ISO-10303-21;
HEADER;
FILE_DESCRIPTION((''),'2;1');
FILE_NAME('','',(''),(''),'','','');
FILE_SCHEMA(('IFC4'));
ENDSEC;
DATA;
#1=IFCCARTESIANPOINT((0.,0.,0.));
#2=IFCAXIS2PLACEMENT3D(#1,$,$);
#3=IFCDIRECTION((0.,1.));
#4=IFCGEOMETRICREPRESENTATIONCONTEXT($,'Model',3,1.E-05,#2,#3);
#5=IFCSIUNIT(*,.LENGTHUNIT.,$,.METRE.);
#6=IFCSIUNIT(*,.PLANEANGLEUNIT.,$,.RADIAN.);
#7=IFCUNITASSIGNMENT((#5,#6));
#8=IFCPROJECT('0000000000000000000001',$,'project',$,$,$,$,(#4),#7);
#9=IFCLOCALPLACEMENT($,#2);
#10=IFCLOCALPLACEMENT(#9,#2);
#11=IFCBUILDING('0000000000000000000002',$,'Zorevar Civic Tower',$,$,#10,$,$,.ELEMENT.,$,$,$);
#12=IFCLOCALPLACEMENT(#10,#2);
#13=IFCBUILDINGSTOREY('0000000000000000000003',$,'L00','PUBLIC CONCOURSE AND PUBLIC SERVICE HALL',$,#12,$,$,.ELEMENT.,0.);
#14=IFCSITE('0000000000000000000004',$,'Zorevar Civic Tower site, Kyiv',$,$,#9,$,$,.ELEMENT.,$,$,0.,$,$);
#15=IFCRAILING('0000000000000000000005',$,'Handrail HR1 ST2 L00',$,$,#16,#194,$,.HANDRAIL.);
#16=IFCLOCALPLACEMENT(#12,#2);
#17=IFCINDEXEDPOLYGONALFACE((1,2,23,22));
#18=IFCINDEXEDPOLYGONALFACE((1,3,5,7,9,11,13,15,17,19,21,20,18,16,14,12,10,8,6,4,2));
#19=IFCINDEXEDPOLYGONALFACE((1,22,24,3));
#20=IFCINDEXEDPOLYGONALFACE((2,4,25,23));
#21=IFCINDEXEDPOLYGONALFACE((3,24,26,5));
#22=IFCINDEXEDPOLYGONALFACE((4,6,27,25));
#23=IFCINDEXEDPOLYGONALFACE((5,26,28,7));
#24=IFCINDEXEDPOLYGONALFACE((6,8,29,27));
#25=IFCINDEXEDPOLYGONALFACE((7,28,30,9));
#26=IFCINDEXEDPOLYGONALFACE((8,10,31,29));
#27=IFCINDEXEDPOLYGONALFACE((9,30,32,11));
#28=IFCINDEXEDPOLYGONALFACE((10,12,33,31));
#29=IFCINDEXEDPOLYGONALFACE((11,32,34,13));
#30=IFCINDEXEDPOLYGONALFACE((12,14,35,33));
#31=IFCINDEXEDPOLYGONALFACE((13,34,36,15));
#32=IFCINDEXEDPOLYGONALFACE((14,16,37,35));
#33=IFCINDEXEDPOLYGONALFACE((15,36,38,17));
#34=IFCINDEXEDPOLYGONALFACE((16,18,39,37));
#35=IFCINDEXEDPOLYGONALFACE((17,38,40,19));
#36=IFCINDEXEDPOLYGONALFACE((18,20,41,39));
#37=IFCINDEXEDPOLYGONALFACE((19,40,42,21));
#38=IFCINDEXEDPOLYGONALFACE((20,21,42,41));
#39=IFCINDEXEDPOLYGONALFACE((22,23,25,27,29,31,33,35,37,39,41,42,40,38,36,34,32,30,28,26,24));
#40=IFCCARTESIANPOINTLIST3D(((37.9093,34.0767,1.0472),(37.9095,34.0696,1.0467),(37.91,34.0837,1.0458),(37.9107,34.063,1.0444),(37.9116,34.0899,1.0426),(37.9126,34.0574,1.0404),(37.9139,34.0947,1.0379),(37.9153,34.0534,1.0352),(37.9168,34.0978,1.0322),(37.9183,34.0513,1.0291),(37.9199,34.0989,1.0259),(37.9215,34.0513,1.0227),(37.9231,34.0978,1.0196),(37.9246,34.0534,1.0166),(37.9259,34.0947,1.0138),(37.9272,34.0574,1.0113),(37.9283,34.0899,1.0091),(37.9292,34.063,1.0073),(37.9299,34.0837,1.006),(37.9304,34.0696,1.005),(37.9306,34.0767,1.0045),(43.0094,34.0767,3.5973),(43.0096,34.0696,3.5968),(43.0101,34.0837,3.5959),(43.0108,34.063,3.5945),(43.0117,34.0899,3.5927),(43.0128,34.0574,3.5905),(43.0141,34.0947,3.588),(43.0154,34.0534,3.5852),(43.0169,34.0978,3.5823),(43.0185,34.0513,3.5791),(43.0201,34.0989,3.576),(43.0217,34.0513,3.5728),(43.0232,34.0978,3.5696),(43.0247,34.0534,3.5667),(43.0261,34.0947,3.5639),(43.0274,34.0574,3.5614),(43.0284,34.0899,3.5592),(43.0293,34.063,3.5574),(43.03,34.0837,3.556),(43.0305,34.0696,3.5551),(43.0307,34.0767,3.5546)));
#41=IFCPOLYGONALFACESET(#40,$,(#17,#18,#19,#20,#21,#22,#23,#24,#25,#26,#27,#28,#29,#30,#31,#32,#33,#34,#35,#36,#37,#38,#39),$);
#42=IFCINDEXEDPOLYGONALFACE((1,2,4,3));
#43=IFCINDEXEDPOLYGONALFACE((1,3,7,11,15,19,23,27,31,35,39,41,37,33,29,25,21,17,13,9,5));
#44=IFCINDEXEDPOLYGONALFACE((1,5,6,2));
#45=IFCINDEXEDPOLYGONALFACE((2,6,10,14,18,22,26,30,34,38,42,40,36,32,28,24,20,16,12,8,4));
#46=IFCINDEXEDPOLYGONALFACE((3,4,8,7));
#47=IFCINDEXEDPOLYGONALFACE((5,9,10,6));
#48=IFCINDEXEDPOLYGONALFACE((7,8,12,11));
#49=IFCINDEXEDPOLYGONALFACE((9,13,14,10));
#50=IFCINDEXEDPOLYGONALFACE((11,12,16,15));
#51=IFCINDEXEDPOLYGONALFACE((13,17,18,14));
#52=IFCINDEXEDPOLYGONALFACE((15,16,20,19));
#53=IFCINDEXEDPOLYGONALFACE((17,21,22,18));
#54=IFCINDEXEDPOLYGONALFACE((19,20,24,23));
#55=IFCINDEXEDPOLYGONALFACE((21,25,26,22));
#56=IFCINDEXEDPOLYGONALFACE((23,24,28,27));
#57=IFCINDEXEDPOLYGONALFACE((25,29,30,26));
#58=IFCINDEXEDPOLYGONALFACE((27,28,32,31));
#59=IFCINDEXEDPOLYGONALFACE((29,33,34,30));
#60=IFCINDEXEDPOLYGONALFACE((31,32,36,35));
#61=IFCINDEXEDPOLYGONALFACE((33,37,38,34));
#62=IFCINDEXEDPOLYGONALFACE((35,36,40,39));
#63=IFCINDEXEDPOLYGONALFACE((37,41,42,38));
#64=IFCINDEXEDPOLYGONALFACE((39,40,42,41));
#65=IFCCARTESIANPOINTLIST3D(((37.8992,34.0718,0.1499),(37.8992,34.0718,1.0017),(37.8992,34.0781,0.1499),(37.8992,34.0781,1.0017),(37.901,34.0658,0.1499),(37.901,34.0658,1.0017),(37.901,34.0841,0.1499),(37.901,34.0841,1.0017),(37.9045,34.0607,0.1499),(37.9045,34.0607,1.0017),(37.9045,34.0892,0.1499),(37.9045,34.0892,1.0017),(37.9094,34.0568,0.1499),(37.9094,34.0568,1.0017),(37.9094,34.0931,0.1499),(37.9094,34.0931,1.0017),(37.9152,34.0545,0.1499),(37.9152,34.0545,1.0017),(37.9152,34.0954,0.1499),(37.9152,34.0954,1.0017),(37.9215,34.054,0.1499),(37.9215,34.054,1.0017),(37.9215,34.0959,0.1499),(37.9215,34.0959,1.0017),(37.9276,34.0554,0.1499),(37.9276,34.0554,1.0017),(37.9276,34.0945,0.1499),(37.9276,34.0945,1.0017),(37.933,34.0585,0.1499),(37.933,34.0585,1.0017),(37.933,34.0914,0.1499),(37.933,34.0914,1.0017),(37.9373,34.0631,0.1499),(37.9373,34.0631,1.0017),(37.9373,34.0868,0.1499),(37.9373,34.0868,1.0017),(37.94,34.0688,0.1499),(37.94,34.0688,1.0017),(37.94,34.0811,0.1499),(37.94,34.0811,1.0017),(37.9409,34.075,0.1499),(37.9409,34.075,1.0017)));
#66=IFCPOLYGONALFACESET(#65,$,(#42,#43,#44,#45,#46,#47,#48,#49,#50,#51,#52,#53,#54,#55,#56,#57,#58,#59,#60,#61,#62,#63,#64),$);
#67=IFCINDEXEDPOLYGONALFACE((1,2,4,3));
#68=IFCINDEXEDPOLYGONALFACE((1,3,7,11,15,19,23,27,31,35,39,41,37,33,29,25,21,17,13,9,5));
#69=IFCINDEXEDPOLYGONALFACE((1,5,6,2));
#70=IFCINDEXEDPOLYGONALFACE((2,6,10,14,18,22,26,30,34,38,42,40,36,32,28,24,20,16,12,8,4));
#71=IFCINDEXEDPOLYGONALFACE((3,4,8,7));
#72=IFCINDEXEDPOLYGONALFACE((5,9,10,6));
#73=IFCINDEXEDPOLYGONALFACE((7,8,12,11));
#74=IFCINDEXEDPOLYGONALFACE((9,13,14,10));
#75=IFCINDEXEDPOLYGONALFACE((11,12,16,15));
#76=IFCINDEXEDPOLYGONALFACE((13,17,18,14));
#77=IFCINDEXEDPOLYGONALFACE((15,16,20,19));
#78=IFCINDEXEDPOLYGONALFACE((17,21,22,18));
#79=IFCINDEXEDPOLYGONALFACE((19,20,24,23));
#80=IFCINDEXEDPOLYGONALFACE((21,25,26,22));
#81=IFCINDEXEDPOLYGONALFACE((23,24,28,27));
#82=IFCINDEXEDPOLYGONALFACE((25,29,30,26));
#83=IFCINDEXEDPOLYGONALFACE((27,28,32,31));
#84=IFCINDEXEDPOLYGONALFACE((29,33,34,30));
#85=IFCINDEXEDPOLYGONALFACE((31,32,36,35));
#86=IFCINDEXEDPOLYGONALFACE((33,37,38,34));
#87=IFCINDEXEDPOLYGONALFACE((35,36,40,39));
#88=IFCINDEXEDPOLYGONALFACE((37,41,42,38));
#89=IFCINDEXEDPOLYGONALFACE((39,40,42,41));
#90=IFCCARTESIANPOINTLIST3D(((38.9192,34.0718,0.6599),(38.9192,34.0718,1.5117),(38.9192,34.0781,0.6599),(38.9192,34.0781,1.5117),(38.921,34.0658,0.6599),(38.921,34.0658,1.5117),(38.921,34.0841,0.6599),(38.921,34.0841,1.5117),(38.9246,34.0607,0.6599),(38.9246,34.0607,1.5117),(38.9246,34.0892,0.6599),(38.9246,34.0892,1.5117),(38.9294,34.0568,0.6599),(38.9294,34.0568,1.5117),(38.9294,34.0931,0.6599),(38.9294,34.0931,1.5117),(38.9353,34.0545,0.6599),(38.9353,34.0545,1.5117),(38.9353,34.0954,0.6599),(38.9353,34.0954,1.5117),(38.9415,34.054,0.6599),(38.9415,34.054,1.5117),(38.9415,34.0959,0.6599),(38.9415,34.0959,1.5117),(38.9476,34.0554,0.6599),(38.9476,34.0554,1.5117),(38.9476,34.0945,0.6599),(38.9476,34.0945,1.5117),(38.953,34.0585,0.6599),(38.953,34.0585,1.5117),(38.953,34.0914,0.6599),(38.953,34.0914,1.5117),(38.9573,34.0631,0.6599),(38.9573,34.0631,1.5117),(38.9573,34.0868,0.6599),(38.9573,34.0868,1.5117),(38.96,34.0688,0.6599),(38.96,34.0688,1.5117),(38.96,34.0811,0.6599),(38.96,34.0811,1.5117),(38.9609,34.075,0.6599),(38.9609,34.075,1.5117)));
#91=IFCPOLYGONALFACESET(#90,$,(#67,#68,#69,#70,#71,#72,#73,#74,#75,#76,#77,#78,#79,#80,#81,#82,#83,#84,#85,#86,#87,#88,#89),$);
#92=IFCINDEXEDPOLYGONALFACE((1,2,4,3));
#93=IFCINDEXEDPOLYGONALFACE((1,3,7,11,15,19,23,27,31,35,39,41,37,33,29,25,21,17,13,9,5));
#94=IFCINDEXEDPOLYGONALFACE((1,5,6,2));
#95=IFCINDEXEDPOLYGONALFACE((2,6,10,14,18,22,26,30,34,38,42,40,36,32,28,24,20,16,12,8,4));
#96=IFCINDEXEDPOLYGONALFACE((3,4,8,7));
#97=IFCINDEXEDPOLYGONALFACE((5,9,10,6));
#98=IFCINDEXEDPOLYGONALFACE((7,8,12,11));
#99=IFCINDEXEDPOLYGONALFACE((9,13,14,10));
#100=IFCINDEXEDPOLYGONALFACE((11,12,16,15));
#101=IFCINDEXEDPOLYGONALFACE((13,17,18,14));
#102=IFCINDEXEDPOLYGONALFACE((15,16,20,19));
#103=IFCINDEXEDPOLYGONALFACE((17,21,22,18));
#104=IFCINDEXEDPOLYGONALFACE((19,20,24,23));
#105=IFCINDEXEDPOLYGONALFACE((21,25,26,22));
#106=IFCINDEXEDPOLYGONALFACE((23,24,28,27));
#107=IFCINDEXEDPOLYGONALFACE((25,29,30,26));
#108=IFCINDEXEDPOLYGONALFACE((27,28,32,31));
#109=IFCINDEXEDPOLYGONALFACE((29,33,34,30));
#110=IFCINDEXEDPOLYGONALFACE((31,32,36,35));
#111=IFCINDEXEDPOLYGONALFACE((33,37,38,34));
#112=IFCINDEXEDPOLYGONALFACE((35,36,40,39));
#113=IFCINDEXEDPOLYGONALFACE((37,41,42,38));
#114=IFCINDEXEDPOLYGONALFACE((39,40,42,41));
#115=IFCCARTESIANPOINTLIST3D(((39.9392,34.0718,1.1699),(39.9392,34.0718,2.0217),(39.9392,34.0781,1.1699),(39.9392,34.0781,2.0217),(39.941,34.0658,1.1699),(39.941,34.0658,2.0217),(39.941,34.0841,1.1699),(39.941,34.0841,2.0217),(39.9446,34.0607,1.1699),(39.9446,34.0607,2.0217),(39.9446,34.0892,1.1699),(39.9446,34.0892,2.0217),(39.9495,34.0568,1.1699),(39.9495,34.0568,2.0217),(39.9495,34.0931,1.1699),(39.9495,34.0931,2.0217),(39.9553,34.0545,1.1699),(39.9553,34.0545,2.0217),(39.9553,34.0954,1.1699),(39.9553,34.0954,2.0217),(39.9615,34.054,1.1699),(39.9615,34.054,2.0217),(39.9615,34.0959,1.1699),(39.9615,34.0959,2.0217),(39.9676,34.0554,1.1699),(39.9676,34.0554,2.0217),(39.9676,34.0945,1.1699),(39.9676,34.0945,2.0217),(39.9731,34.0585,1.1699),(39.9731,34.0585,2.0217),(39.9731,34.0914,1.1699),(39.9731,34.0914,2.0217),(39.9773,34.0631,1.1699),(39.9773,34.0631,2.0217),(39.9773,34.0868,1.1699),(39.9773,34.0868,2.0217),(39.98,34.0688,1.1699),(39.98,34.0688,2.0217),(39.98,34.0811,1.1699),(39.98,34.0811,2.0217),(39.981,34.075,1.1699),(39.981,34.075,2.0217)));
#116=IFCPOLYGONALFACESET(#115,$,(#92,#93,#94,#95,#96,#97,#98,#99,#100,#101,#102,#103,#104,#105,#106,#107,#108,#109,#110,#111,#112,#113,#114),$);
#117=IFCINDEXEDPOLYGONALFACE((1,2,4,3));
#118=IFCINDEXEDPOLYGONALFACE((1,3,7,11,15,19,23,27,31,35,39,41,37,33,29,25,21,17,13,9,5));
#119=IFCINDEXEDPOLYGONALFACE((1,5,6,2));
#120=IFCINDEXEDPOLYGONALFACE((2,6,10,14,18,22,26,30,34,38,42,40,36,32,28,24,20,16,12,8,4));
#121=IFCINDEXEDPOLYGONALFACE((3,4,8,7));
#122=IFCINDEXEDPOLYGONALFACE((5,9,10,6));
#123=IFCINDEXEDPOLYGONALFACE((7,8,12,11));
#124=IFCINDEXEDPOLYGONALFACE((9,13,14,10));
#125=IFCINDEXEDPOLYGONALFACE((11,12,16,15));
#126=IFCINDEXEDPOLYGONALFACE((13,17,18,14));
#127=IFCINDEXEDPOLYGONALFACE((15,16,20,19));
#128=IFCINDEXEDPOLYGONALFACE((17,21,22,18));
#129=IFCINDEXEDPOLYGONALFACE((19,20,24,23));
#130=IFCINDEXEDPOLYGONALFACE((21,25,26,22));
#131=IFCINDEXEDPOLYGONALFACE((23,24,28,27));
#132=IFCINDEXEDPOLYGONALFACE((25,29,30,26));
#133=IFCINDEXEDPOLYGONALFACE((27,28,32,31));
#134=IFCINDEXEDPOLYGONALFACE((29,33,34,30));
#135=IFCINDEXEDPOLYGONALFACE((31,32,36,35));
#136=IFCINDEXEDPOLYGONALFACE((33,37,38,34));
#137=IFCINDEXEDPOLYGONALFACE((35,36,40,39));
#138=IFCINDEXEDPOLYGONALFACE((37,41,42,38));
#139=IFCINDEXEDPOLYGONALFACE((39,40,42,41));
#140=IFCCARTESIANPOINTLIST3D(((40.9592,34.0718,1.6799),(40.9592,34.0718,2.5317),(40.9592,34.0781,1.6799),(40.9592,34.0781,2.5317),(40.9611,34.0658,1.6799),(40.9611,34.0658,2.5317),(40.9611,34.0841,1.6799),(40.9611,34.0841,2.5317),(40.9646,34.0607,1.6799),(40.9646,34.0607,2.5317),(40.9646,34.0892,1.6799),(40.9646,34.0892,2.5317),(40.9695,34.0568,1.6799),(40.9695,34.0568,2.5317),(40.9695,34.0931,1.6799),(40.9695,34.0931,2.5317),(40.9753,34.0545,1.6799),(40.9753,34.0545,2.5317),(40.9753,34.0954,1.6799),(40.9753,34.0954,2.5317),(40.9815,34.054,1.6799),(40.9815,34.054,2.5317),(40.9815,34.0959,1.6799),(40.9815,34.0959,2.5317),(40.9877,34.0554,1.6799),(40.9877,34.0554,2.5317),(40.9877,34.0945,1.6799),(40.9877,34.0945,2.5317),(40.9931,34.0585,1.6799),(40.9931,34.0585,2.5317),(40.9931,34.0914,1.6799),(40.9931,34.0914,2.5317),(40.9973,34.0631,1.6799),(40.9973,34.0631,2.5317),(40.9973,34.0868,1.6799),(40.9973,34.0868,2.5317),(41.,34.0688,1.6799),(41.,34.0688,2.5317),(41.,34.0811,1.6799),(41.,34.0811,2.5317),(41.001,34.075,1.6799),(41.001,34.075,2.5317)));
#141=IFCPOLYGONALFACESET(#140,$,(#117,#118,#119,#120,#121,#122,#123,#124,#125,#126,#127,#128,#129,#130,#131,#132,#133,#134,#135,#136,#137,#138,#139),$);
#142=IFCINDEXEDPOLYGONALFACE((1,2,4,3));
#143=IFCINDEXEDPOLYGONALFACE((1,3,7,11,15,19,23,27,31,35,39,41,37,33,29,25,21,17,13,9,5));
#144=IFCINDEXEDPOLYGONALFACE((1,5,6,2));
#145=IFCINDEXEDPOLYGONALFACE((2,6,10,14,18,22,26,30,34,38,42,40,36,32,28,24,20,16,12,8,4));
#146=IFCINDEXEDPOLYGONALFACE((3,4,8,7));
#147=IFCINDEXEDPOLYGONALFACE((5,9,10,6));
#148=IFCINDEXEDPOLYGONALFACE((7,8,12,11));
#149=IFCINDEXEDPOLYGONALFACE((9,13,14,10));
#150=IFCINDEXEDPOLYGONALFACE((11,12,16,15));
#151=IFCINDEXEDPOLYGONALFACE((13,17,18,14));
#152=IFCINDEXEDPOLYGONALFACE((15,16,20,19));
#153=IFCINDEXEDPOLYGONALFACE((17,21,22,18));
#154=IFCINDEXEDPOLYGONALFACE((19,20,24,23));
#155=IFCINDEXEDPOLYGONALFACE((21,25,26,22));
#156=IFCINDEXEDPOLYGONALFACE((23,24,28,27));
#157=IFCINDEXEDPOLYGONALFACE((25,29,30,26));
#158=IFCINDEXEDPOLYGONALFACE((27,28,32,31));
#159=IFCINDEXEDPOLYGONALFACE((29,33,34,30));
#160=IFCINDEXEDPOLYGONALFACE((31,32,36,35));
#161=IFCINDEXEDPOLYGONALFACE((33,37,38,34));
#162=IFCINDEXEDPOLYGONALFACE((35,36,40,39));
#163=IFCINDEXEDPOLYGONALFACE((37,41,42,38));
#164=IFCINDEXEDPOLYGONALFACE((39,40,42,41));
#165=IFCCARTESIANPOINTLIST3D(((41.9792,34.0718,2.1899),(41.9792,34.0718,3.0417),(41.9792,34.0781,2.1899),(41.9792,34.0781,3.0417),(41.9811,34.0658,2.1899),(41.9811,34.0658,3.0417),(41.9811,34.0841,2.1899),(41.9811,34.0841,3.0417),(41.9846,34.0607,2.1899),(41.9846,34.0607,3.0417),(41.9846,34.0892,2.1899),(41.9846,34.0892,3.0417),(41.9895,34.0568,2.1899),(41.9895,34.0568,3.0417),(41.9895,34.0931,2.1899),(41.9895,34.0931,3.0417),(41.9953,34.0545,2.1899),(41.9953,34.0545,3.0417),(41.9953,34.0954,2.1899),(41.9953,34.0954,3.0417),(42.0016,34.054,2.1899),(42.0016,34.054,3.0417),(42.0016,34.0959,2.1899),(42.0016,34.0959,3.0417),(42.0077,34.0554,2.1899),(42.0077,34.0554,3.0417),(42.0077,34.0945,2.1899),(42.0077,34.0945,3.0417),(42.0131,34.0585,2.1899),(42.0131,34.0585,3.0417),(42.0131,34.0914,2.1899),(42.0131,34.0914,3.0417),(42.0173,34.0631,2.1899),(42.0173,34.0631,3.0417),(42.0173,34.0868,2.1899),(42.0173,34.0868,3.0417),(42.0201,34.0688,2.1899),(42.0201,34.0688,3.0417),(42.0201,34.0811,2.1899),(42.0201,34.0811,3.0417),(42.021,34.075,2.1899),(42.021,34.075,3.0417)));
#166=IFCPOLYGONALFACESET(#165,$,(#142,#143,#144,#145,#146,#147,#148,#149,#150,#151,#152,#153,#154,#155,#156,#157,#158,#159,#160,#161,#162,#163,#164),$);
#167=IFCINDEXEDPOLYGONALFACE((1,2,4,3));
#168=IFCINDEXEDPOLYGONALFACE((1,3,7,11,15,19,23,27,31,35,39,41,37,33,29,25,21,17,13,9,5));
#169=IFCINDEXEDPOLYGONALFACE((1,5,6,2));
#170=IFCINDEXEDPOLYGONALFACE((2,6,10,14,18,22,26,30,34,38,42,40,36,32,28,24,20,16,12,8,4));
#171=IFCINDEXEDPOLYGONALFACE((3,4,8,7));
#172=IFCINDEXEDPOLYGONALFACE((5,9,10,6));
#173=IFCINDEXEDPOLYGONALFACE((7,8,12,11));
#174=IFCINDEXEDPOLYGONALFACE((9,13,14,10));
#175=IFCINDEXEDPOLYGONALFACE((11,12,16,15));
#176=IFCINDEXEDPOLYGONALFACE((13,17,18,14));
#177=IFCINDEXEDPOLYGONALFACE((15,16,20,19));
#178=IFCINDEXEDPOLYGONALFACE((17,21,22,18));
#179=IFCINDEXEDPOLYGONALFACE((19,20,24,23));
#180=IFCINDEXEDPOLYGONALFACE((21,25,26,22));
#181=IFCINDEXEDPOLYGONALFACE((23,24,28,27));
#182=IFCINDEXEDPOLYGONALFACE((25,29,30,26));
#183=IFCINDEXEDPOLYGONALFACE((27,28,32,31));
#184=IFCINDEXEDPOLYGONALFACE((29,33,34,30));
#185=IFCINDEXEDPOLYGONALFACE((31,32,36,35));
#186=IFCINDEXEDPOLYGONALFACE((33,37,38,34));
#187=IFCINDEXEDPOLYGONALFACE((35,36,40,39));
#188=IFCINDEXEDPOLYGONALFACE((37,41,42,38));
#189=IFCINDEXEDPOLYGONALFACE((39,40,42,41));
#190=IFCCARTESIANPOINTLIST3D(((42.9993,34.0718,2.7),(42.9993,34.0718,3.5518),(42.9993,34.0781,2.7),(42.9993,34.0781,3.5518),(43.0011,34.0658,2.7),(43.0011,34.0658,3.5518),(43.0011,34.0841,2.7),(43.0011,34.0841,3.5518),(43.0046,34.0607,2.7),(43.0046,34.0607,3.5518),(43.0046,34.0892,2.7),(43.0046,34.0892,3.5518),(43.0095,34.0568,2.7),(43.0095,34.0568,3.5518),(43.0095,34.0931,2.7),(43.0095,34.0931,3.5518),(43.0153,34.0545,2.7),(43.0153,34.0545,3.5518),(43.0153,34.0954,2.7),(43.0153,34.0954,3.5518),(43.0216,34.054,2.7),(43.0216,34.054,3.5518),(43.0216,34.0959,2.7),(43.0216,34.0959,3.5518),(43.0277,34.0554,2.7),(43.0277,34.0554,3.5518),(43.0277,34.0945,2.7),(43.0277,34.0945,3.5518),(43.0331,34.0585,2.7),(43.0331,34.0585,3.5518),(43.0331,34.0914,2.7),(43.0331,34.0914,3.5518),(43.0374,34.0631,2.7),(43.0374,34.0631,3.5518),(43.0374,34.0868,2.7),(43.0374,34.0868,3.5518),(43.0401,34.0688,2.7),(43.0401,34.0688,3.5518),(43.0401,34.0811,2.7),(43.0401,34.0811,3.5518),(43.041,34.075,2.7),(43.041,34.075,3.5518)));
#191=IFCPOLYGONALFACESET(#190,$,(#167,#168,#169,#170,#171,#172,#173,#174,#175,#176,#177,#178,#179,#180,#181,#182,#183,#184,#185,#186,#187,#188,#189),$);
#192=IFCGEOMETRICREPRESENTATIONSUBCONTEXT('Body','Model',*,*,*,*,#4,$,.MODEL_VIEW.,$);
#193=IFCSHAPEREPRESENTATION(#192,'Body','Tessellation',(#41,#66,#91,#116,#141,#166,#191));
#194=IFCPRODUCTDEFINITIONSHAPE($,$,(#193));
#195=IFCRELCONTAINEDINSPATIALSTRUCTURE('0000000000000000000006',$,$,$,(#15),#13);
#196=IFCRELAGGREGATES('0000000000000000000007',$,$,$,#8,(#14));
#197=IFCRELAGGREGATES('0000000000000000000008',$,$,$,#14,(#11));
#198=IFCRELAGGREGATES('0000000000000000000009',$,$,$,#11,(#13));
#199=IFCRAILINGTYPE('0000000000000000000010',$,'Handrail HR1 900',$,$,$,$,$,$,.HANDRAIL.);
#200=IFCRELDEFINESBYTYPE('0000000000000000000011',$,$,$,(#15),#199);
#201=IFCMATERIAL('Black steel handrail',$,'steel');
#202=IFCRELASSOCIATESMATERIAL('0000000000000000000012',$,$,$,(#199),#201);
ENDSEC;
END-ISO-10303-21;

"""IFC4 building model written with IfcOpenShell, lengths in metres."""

from ifc_helpers import new_model, si_unit, direction, frame, origin, origin_2d, place, context, subcontext, project, spatial, circle, extrude, material, type_object, element, save


model = new_model("IFC4")

# Units and contexts
model_context = context("Model", 3, precision=1e-05, world=origin(), true_north=direction((0.0, 1.0)))
body_context = subcontext(model_context, "Body", "Model", "MODEL_VIEW")
ifc_project = project(units=[si_unit("LENGTHUNIT", "METRE"), si_unit("PLANEANGLEUNIT", "RADIAN")], contexts=[model_context])

# Site, building, storey
site_placement = place(None, origin())
site = spatial("IfcSite", under=ifc_project, at=site_placement, Name="Zorevar Civic Tower site, Kyiv", CompositionType="ELEMENT", RefElevation=0.0)
building_placement = place(site_placement, origin())
building = spatial("IfcBuilding", under=site, at=building_placement, Name="Zorevar Civic Tower", CompositionType="ELEMENT")
storey_placement = place(building_placement, origin())
storey = spatial("IfcBuildingStorey", under=building, at=storey_placement, Name="L00", Description="PUBLIC CONCOURSE AND PUBLIC SERVICE HALL", CompositionType="ELEMENT", Elevation=0.0)

# Railing
ifc_material_1 = material(Name="Black steel handrail", Category="steel")
railing_type = type_object("IfcRailingType", Name="Handrail HR1 900", PredefinedType="HANDRAIL", material=ifc_material_1)
railing_1_placement = place(storey_placement, frame((37.9199, 34.075, 0.1499)))
element("IfcRailing", 1, at=railing_1_placement, inside=storey, type_object=railing_type, Name="Handrail HR1 ST2 L00", PredefinedType="HANDRAIL", context=body_context, shape_type="SweptSolid", body=[
    extrude(circle(Radius=0.0239, at=origin_2d()), frame((0.0, 0.0, 0.876), z_axis=(0.894427, 0.0, 0.447214), x_axis=(0.0, 1.0, 0.0)), (0.0, 0.0, 1.0), 5.7021),
    extrude(circle(Radius=0.021, at=origin_2d()), origin(), (0.0, 0.0, 1.0), 0.8518),
    extrude(circle(Radius=0.021, at=origin_2d()), frame((1.02, 0.0, 0.51)), (0.0, 0.0, 1.0), 0.8518),
    extrude(circle(Radius=0.021, at=origin_2d()), frame((2.04, 0.0, 1.02)), (0.0, 0.0, 1.0), 0.8518),
    extrude(circle(Radius=0.021, at=origin_2d()), frame((3.0601, 0.0, 1.53)), (0.0, 0.0, 1.0), 0.8518),
    extrude(circle(Radius=0.021, at=origin_2d()), frame((4.0801, 0.0, 2.04)), (0.0, 0.0, 1.0), 0.8518),
    extrude(circle(Radius=0.021, at=origin_2d()), frame((5.1001, 0.0, 2.55)), (0.0, 0.0, 1.0), 0.8518),
])

save(model, "model.ifc")
